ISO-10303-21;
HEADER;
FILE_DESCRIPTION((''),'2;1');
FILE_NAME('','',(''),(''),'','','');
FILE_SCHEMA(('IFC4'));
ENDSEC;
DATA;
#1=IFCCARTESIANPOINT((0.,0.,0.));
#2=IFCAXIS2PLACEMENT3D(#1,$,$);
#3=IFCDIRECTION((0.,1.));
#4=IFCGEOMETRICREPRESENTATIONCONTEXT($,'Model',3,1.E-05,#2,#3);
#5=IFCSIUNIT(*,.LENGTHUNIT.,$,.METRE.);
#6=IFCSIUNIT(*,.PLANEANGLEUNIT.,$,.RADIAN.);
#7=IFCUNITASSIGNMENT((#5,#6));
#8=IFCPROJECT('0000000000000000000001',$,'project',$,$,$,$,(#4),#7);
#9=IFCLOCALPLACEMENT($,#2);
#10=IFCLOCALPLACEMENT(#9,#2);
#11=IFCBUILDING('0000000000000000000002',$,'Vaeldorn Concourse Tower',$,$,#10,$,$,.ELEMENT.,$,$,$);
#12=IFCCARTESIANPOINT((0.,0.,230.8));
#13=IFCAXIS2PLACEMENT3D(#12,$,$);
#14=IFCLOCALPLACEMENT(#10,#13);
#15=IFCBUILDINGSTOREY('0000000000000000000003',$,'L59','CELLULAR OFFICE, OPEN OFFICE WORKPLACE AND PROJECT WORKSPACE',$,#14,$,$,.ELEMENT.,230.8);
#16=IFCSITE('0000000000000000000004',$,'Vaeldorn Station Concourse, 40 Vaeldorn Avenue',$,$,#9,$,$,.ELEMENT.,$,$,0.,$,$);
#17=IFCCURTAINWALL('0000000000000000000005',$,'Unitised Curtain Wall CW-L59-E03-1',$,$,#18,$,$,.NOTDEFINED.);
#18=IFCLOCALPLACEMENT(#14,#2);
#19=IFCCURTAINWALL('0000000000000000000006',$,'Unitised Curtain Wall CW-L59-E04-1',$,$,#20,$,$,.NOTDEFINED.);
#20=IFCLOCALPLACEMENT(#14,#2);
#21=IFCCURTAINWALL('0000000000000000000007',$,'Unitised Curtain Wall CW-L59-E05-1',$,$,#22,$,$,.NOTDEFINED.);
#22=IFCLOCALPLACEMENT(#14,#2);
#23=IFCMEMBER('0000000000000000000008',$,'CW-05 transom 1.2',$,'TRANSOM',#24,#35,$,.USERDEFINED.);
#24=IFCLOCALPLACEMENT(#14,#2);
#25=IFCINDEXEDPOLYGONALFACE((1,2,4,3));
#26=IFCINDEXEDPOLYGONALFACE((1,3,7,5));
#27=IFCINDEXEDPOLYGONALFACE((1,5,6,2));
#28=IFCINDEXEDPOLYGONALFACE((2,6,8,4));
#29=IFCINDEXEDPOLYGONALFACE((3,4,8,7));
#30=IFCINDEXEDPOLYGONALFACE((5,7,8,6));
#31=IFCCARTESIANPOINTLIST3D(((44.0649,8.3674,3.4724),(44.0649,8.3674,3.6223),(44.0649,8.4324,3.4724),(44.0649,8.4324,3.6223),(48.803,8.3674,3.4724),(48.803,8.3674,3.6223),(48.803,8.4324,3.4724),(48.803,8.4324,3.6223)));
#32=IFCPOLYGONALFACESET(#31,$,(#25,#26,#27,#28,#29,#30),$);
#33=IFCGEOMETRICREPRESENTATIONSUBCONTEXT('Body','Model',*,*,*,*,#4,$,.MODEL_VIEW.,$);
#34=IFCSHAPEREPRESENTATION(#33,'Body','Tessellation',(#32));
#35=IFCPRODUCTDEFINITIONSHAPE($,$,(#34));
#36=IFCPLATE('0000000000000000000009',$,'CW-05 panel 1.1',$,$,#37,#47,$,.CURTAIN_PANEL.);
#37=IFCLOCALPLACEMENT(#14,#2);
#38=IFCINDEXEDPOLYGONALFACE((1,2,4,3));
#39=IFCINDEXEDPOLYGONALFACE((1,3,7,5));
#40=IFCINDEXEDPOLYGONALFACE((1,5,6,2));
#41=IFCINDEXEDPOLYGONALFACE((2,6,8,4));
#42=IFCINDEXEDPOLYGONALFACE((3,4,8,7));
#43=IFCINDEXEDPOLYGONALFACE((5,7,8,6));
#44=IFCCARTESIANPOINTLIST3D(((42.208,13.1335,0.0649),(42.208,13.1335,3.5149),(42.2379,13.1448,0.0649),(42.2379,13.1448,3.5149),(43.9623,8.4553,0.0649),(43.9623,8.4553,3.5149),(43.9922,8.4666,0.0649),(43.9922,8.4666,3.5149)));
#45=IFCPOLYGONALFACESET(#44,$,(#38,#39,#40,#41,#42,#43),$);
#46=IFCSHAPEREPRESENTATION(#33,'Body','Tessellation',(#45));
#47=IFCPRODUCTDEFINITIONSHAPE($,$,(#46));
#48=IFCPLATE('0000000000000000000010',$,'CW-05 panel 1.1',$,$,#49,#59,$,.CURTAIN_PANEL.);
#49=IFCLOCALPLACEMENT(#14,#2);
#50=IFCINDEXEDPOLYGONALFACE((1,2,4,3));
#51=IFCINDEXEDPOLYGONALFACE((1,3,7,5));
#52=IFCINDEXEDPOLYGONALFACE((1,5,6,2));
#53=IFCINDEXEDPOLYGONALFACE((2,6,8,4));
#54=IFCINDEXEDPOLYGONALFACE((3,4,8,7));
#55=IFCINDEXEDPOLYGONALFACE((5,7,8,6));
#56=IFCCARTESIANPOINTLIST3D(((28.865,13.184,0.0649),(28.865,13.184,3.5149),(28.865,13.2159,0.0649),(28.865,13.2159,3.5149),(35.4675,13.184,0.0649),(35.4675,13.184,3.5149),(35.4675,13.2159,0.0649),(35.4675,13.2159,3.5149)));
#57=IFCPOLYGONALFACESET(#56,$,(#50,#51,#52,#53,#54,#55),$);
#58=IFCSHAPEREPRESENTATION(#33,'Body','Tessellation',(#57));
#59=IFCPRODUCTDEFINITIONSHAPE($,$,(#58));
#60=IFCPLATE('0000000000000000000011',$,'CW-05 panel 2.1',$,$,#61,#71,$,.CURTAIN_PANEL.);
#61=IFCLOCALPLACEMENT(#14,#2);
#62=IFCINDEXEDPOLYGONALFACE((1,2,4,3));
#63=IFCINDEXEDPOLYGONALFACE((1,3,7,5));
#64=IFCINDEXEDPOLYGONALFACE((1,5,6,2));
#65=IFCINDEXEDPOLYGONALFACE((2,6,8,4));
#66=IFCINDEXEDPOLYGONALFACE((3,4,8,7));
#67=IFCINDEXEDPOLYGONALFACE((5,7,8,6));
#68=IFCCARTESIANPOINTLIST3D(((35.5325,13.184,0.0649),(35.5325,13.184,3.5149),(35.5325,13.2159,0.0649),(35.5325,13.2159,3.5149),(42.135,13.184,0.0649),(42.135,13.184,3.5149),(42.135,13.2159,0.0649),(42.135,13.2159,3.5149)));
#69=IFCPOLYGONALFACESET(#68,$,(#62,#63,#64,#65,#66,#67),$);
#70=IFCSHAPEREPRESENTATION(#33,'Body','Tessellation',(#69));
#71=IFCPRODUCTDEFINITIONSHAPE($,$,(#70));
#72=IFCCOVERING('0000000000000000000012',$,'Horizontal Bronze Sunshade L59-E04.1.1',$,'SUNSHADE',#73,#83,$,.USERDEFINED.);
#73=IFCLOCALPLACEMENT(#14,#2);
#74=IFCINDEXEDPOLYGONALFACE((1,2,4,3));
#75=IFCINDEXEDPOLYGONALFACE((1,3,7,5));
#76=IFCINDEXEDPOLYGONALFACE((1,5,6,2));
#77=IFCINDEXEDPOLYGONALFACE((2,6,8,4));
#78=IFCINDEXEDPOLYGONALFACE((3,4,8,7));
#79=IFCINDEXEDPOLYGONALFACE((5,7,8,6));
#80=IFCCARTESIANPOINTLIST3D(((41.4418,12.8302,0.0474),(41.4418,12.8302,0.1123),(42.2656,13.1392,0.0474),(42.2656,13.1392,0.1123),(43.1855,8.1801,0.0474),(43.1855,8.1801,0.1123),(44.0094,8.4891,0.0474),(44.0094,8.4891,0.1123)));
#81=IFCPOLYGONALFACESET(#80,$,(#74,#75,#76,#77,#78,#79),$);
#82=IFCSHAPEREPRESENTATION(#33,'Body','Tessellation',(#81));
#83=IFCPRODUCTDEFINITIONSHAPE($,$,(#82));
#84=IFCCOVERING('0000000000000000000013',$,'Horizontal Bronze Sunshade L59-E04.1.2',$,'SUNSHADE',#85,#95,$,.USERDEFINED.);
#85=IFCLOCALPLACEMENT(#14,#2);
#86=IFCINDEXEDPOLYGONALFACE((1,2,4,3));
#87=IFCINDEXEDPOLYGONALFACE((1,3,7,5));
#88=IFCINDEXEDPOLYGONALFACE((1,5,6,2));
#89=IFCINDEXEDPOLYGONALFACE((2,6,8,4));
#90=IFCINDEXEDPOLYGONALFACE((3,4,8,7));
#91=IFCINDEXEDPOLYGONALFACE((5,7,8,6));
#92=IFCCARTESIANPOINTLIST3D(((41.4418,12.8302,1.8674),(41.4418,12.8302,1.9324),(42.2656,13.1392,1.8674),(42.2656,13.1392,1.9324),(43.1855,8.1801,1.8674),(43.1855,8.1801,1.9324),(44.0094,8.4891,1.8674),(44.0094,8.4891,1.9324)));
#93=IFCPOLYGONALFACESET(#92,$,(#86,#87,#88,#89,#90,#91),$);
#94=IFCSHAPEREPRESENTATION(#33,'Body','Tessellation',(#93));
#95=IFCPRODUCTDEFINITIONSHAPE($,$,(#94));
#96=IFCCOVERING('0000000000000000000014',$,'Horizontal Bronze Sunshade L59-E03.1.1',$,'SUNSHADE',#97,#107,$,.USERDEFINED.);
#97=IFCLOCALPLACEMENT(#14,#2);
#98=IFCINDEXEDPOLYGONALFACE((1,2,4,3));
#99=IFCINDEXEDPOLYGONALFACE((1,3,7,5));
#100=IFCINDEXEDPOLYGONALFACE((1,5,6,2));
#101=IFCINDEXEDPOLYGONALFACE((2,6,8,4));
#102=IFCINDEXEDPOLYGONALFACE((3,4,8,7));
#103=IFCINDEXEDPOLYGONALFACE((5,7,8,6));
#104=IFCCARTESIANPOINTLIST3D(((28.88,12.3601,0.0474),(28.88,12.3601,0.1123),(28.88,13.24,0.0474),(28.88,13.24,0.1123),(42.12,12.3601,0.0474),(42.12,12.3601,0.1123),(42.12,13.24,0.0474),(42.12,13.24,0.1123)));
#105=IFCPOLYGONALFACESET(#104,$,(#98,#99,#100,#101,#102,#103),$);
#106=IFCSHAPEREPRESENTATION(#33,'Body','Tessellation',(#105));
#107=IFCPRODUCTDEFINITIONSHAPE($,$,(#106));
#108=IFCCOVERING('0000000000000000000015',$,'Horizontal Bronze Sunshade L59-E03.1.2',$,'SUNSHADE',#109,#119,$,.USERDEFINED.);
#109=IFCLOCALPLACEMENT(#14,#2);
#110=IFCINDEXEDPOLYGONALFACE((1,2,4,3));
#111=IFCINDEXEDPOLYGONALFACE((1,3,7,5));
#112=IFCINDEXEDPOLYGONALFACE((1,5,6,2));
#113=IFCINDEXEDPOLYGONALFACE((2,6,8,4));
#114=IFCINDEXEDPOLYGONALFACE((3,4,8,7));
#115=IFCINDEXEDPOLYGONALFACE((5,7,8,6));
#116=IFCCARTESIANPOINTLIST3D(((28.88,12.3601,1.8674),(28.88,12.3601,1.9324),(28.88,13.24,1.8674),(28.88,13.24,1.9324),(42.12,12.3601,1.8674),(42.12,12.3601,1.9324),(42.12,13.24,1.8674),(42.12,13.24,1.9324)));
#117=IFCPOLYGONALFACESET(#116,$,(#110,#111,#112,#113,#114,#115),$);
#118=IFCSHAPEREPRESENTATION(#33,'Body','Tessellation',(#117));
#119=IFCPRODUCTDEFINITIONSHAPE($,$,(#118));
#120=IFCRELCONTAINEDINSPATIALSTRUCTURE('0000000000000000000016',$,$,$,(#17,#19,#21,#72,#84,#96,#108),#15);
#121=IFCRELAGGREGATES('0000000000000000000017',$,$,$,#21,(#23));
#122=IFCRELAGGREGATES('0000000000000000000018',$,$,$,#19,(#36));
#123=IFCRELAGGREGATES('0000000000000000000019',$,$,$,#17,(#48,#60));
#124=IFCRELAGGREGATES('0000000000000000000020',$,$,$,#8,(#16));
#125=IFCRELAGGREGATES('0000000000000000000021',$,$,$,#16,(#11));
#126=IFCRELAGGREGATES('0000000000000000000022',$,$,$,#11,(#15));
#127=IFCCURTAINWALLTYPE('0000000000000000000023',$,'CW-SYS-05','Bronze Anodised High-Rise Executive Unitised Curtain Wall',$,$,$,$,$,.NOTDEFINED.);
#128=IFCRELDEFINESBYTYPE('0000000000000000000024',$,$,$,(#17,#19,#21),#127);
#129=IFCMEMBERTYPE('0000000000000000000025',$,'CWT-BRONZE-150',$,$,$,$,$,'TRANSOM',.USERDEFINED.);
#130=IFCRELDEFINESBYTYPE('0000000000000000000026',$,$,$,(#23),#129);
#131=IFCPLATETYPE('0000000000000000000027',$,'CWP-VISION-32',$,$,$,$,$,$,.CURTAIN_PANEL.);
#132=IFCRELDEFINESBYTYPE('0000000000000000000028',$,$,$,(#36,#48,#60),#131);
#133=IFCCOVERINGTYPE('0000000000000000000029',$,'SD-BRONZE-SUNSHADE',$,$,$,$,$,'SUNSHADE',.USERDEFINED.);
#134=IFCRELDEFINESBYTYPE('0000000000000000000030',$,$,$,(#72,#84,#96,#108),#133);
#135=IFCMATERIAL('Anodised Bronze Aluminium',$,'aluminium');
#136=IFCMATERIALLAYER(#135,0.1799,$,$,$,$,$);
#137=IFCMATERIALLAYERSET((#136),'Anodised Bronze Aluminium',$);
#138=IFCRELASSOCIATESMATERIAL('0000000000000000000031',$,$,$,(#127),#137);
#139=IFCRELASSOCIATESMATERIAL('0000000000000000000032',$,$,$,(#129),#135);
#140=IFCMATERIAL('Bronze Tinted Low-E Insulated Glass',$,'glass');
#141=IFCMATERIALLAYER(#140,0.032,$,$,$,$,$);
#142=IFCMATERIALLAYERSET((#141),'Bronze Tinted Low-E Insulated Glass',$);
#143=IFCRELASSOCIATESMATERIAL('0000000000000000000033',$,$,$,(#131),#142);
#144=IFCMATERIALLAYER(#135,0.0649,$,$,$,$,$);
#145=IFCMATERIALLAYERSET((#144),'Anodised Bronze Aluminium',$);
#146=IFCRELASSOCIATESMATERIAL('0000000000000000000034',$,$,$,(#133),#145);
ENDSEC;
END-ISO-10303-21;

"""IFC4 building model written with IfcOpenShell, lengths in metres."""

from ifc_helpers import new_model, si_unit, direction, frame, origin, origin_2d, place, context, subcontext, project, spatial, rectangle, extrude, source, transform, mapped, material, layer, layer_set, material_profile, profile_set, type_object, element, aggregate, save


model = new_model("IFC4")

# Units and contexts
model_context = context("Model", 3, precision=1e-05, world=origin(), true_north=direction((0.0, 1.0)))
body_context = subcontext(model_context, "Body", "Model", "MODEL_VIEW")
ifc_project = project(units=[si_unit("LENGTHUNIT", "METRE"), si_unit("PLANEANGLEUNIT", "RADIAN")], contexts=[model_context])

# Site, building, storey
site_placement = place(None, origin())
site = spatial("IfcSite", under=ifc_project, at=site_placement, Name="Vaeldorn Station Concourse, 40 Vaeldorn Avenue", CompositionType="ELEMENT", RefElevation=0.0)
building_placement = place(site_placement, origin())
building = spatial("IfcBuilding", under=site, at=building_placement, Name="Vaeldorn Concourse Tower", CompositionType="ELEMENT")
storey_placement = place(building_placement, frame((0.0, 0.0, 230.8)))
storey = spatial("IfcBuildingStorey", under=building, at=storey_placement, Name="L59", Description="CELLULAR OFFICE, OPEN OFFICE WORKPLACE AND PROJECT WORKSPACE", CompositionType="ELEMENT", Elevation=230.8)

# Curtain walls
ifc_material_1 = material(Name="Anodised Bronze Aluminium", Category="aluminium")
ifc_layer_1 = layer(ifc_material_1, 0.1799)
ifc_layer_set_1 = layer_set([ifc_layer_1], Name="Anodised Bronze Aluminium")
curtain_wall_type = type_object("IfcCurtainWallType", Name="CW-SYS-05", Description="Bronze Anodised High-Rise Executive Unitised Curtain Wall", PredefinedType="NOTDEFINED", material=ifc_layer_set_1)
curtain_wall_1_placement = place(storey_placement, origin())
curtain_wall_1 = element("IfcCurtainWall", 1, at=curtain_wall_1_placement, inside=storey, type_object=curtain_wall_type, Name="Unitised Curtain Wall CW-L59-E03-1", PredefinedType="NOTDEFINED")
curtain_wall_2_placement = place(storey_placement, origin())
curtain_wall_2 = element("IfcCurtainWall", 2, at=curtain_wall_2_placement, inside=storey, type_object=curtain_wall_type, Name="Unitised Curtain Wall CW-L59-E04-1", PredefinedType="NOTDEFINED")

# Curtain wall
curtain_wall_3_placement = place(storey_placement, origin())
curtain_wall_3 = element("IfcCurtainWall", 3, at=curtain_wall_3_placement, inside=storey, type_object=curtain_wall_type, Name="Unitised Curtain Wall CW-L59-E05-1", PredefinedType="NOTDEFINED")

# Member
ifc_material_profile_1 = material_profile(ifc_material_1, rectangle(XDim=0.0649, YDim=0.1499, at=origin_2d()), Name="CWT 65x150")
ifc_profile_set_1 = profile_set([ifc_material_profile_1], Name="Anodised Bronze Aluminium")
member_type_1 = type_object("IfcMemberType", Name="CWT-BRONZE-150", ElementType="TRANSOM", PredefinedType="USERDEFINED", material=ifc_profile_set_1)
shared_shape_1 = source(origin(), body_context, "Body", "SweptSolid", [
    extrude(rectangle(XDim=0.0649, YDim=0.1499, at=origin_2d()), origin(), (0.0, 0.0, 1.0), 4.738),
])
member_1_placement = place(storey_placement, frame((44.0649, 8.3999, 3.5474), z_axis=(1.0, 0.0, 0.0), x_axis=(0.0, 1.0, 0.0)))
member_1 = element("IfcMember", 4, at=member_1_placement, type_object=member_type_1, Name="CW-05 transom 1.2", ObjectType="TRANSOM", PredefinedType="USERDEFINED", context=body_context, shape_type="MappedRepresentation", body=[
    mapped(shared_shape_1, transform((0.0, 0.0, 0.0), scale=1.0)),
])
aggregate(curtain_wall_3, [member_1])

# Plates
ifc_material_2 = material(Name="Bronze Tinted Low-E Insulated Glass", Category="glass")
ifc_layer_2 = layer(ifc_material_2, 0.032)
ifc_layer_set_2 = layer_set([ifc_layer_2], Name="Bronze Tinted Low-E Insulated Glass")
plate_type = type_object("IfcPlateType", Name="CWP-VISION-32", PredefinedType="CURTAIN_PANEL", material=ifc_layer_set_2)
shared_shape_2 = source(origin(), body_context, "Body", "SweptSolid", [
    extrude(rectangle(XDim=4.9963, YDim=0.032, at=origin_2d()), origin(), (0.0, 0.0, 1.0), 3.45),
])
plate_1_placement = place(storey_placement, frame((43.1001, 10.8, 0.0649), z_axis=(0.0, 0.0, 1.0), x_axis=(0.351123, -0.936329, 0.0)))
plate_1 = element("IfcPlate", 5, at=plate_1_placement, type_object=plate_type, Name="CW-05 panel 1.1", PredefinedType="CURTAIN_PANEL", context=body_context, shape_type="MappedRepresentation", body=[
    mapped(shared_shape_2, transform((0.0, 0.0, 0.0), scale=1.0)),
])
aggregate(curtain_wall_2, [plate_1])
shared_shape_3 = source(origin(), body_context, "Body", "SweptSolid", [
    extrude(rectangle(XDim=6.6025, YDim=0.032, at=origin_2d()), origin(), (0.0, 0.0, 1.0), 3.45),
])
plate_2_placement = place(storey_placement, frame((32.1663, 13.2, 0.0649), z_axis=(0.0, 0.0, 1.0), x_axis=(1.0, 0.0, 0.0)))
plate_2 = element("IfcPlate", 6, at=plate_2_placement, type_object=plate_type, Name="CW-05 panel 1.1", PredefinedType="CURTAIN_PANEL", context=body_context, shape_type="MappedRepresentation", body=[
    mapped(shared_shape_3, transform((0.0, 0.0, 0.0), scale=1.0)),
])
plate_3_placement = place(storey_placement, frame((38.8337, 13.2, 0.0649), z_axis=(0.0, 0.0, 1.0), x_axis=(1.0, 0.0, 0.0)))
plate_3 = element("IfcPlate", 7, at=plate_3_placement, type_object=plate_type, Name="CW-05 panel 2.1", PredefinedType="CURTAIN_PANEL", context=body_context, shape_type="MappedRepresentation", body=[
    mapped(shared_shape_3, transform((0.0, 0.0, 0.0), scale=1.0)),
])
aggregate(curtain_wall_1, [plate_2, plate_3])

# Coverings
ifc_layer_3 = layer(ifc_material_1, 0.0649)
ifc_layer_set_3 = layer_set([ifc_layer_3], Name="Anodised Bronze Aluminium")
covering_type = type_object("IfcCoveringType", Name="SD-BRONZE-SUNSHADE", ElementType="SUNSHADE", PredefinedType="USERDEFINED", material=ifc_layer_set_3)
shared_shape_4 = source(origin(), body_context, "Body", "SweptSolid", [
    extrude(rectangle(XDim=4.9663, YDim=0.8799, at=origin_2d()), origin(), (0.0, 0.0, 1.0), 0.0649),
])
for number, where, z_axis, x_axis, name in (
    (8, (42.7256, 10.6597, 0.0474), (0.0, 0.0, 1.0), (0.351123, -0.936329, 0.0), "Horizontal Bronze Sunshade L59-E04.1.1"),
    (9, (42.7256, 10.6597, 1.8674), (0.0, 0.0, 1.0), (0.351123, -0.936329, 0.0), "Horizontal Bronze Sunshade L59-E04.1.2"),
):
    element("IfcCovering", number, at=place(storey_placement, frame(where, z_axis=z_axis, x_axis=x_axis)), inside=storey, type_object=covering_type, Name=name, ObjectType="SUNSHADE", PredefinedType="USERDEFINED", context=body_context, shape_type="MappedRepresentation", body=[
        mapped(shared_shape_4, transform((0.0, 0.0, 0.0), scale=1.0)),
    ])
shared_shape_5 = source(origin(), body_context, "Body", "SweptSolid", [
    extrude(rectangle(XDim=13.24, YDim=0.8799, at=origin_2d()), origin(), (0.0, 0.0, 1.0), 0.0649),
])
for number, where, z_axis, x_axis, name in (
    (10, (35.5, 12.8, 0.0474), (0.0, 0.0, 1.0), (1.0, 0.0, 0.0), "Horizontal Bronze Sunshade L59-E03.1.1"),
    (11, (35.5, 12.8, 1.8674), (0.0, 0.0, 1.0), (1.0, 0.0, 0.0), "Horizontal Bronze Sunshade L59-E03.1.2"),
):
    element("IfcCovering", number, at=place(storey_placement, frame(where, z_axis=z_axis, x_axis=x_axis)), inside=storey, type_object=covering_type, Name=name, ObjectType="SUNSHADE", PredefinedType="USERDEFINED", context=body_context, shape_type="MappedRepresentation", body=[
        mapped(shared_shape_5, transform((0.0, 0.0, 0.0), scale=1.0)),
    ])

save(model, "model.ifc")
